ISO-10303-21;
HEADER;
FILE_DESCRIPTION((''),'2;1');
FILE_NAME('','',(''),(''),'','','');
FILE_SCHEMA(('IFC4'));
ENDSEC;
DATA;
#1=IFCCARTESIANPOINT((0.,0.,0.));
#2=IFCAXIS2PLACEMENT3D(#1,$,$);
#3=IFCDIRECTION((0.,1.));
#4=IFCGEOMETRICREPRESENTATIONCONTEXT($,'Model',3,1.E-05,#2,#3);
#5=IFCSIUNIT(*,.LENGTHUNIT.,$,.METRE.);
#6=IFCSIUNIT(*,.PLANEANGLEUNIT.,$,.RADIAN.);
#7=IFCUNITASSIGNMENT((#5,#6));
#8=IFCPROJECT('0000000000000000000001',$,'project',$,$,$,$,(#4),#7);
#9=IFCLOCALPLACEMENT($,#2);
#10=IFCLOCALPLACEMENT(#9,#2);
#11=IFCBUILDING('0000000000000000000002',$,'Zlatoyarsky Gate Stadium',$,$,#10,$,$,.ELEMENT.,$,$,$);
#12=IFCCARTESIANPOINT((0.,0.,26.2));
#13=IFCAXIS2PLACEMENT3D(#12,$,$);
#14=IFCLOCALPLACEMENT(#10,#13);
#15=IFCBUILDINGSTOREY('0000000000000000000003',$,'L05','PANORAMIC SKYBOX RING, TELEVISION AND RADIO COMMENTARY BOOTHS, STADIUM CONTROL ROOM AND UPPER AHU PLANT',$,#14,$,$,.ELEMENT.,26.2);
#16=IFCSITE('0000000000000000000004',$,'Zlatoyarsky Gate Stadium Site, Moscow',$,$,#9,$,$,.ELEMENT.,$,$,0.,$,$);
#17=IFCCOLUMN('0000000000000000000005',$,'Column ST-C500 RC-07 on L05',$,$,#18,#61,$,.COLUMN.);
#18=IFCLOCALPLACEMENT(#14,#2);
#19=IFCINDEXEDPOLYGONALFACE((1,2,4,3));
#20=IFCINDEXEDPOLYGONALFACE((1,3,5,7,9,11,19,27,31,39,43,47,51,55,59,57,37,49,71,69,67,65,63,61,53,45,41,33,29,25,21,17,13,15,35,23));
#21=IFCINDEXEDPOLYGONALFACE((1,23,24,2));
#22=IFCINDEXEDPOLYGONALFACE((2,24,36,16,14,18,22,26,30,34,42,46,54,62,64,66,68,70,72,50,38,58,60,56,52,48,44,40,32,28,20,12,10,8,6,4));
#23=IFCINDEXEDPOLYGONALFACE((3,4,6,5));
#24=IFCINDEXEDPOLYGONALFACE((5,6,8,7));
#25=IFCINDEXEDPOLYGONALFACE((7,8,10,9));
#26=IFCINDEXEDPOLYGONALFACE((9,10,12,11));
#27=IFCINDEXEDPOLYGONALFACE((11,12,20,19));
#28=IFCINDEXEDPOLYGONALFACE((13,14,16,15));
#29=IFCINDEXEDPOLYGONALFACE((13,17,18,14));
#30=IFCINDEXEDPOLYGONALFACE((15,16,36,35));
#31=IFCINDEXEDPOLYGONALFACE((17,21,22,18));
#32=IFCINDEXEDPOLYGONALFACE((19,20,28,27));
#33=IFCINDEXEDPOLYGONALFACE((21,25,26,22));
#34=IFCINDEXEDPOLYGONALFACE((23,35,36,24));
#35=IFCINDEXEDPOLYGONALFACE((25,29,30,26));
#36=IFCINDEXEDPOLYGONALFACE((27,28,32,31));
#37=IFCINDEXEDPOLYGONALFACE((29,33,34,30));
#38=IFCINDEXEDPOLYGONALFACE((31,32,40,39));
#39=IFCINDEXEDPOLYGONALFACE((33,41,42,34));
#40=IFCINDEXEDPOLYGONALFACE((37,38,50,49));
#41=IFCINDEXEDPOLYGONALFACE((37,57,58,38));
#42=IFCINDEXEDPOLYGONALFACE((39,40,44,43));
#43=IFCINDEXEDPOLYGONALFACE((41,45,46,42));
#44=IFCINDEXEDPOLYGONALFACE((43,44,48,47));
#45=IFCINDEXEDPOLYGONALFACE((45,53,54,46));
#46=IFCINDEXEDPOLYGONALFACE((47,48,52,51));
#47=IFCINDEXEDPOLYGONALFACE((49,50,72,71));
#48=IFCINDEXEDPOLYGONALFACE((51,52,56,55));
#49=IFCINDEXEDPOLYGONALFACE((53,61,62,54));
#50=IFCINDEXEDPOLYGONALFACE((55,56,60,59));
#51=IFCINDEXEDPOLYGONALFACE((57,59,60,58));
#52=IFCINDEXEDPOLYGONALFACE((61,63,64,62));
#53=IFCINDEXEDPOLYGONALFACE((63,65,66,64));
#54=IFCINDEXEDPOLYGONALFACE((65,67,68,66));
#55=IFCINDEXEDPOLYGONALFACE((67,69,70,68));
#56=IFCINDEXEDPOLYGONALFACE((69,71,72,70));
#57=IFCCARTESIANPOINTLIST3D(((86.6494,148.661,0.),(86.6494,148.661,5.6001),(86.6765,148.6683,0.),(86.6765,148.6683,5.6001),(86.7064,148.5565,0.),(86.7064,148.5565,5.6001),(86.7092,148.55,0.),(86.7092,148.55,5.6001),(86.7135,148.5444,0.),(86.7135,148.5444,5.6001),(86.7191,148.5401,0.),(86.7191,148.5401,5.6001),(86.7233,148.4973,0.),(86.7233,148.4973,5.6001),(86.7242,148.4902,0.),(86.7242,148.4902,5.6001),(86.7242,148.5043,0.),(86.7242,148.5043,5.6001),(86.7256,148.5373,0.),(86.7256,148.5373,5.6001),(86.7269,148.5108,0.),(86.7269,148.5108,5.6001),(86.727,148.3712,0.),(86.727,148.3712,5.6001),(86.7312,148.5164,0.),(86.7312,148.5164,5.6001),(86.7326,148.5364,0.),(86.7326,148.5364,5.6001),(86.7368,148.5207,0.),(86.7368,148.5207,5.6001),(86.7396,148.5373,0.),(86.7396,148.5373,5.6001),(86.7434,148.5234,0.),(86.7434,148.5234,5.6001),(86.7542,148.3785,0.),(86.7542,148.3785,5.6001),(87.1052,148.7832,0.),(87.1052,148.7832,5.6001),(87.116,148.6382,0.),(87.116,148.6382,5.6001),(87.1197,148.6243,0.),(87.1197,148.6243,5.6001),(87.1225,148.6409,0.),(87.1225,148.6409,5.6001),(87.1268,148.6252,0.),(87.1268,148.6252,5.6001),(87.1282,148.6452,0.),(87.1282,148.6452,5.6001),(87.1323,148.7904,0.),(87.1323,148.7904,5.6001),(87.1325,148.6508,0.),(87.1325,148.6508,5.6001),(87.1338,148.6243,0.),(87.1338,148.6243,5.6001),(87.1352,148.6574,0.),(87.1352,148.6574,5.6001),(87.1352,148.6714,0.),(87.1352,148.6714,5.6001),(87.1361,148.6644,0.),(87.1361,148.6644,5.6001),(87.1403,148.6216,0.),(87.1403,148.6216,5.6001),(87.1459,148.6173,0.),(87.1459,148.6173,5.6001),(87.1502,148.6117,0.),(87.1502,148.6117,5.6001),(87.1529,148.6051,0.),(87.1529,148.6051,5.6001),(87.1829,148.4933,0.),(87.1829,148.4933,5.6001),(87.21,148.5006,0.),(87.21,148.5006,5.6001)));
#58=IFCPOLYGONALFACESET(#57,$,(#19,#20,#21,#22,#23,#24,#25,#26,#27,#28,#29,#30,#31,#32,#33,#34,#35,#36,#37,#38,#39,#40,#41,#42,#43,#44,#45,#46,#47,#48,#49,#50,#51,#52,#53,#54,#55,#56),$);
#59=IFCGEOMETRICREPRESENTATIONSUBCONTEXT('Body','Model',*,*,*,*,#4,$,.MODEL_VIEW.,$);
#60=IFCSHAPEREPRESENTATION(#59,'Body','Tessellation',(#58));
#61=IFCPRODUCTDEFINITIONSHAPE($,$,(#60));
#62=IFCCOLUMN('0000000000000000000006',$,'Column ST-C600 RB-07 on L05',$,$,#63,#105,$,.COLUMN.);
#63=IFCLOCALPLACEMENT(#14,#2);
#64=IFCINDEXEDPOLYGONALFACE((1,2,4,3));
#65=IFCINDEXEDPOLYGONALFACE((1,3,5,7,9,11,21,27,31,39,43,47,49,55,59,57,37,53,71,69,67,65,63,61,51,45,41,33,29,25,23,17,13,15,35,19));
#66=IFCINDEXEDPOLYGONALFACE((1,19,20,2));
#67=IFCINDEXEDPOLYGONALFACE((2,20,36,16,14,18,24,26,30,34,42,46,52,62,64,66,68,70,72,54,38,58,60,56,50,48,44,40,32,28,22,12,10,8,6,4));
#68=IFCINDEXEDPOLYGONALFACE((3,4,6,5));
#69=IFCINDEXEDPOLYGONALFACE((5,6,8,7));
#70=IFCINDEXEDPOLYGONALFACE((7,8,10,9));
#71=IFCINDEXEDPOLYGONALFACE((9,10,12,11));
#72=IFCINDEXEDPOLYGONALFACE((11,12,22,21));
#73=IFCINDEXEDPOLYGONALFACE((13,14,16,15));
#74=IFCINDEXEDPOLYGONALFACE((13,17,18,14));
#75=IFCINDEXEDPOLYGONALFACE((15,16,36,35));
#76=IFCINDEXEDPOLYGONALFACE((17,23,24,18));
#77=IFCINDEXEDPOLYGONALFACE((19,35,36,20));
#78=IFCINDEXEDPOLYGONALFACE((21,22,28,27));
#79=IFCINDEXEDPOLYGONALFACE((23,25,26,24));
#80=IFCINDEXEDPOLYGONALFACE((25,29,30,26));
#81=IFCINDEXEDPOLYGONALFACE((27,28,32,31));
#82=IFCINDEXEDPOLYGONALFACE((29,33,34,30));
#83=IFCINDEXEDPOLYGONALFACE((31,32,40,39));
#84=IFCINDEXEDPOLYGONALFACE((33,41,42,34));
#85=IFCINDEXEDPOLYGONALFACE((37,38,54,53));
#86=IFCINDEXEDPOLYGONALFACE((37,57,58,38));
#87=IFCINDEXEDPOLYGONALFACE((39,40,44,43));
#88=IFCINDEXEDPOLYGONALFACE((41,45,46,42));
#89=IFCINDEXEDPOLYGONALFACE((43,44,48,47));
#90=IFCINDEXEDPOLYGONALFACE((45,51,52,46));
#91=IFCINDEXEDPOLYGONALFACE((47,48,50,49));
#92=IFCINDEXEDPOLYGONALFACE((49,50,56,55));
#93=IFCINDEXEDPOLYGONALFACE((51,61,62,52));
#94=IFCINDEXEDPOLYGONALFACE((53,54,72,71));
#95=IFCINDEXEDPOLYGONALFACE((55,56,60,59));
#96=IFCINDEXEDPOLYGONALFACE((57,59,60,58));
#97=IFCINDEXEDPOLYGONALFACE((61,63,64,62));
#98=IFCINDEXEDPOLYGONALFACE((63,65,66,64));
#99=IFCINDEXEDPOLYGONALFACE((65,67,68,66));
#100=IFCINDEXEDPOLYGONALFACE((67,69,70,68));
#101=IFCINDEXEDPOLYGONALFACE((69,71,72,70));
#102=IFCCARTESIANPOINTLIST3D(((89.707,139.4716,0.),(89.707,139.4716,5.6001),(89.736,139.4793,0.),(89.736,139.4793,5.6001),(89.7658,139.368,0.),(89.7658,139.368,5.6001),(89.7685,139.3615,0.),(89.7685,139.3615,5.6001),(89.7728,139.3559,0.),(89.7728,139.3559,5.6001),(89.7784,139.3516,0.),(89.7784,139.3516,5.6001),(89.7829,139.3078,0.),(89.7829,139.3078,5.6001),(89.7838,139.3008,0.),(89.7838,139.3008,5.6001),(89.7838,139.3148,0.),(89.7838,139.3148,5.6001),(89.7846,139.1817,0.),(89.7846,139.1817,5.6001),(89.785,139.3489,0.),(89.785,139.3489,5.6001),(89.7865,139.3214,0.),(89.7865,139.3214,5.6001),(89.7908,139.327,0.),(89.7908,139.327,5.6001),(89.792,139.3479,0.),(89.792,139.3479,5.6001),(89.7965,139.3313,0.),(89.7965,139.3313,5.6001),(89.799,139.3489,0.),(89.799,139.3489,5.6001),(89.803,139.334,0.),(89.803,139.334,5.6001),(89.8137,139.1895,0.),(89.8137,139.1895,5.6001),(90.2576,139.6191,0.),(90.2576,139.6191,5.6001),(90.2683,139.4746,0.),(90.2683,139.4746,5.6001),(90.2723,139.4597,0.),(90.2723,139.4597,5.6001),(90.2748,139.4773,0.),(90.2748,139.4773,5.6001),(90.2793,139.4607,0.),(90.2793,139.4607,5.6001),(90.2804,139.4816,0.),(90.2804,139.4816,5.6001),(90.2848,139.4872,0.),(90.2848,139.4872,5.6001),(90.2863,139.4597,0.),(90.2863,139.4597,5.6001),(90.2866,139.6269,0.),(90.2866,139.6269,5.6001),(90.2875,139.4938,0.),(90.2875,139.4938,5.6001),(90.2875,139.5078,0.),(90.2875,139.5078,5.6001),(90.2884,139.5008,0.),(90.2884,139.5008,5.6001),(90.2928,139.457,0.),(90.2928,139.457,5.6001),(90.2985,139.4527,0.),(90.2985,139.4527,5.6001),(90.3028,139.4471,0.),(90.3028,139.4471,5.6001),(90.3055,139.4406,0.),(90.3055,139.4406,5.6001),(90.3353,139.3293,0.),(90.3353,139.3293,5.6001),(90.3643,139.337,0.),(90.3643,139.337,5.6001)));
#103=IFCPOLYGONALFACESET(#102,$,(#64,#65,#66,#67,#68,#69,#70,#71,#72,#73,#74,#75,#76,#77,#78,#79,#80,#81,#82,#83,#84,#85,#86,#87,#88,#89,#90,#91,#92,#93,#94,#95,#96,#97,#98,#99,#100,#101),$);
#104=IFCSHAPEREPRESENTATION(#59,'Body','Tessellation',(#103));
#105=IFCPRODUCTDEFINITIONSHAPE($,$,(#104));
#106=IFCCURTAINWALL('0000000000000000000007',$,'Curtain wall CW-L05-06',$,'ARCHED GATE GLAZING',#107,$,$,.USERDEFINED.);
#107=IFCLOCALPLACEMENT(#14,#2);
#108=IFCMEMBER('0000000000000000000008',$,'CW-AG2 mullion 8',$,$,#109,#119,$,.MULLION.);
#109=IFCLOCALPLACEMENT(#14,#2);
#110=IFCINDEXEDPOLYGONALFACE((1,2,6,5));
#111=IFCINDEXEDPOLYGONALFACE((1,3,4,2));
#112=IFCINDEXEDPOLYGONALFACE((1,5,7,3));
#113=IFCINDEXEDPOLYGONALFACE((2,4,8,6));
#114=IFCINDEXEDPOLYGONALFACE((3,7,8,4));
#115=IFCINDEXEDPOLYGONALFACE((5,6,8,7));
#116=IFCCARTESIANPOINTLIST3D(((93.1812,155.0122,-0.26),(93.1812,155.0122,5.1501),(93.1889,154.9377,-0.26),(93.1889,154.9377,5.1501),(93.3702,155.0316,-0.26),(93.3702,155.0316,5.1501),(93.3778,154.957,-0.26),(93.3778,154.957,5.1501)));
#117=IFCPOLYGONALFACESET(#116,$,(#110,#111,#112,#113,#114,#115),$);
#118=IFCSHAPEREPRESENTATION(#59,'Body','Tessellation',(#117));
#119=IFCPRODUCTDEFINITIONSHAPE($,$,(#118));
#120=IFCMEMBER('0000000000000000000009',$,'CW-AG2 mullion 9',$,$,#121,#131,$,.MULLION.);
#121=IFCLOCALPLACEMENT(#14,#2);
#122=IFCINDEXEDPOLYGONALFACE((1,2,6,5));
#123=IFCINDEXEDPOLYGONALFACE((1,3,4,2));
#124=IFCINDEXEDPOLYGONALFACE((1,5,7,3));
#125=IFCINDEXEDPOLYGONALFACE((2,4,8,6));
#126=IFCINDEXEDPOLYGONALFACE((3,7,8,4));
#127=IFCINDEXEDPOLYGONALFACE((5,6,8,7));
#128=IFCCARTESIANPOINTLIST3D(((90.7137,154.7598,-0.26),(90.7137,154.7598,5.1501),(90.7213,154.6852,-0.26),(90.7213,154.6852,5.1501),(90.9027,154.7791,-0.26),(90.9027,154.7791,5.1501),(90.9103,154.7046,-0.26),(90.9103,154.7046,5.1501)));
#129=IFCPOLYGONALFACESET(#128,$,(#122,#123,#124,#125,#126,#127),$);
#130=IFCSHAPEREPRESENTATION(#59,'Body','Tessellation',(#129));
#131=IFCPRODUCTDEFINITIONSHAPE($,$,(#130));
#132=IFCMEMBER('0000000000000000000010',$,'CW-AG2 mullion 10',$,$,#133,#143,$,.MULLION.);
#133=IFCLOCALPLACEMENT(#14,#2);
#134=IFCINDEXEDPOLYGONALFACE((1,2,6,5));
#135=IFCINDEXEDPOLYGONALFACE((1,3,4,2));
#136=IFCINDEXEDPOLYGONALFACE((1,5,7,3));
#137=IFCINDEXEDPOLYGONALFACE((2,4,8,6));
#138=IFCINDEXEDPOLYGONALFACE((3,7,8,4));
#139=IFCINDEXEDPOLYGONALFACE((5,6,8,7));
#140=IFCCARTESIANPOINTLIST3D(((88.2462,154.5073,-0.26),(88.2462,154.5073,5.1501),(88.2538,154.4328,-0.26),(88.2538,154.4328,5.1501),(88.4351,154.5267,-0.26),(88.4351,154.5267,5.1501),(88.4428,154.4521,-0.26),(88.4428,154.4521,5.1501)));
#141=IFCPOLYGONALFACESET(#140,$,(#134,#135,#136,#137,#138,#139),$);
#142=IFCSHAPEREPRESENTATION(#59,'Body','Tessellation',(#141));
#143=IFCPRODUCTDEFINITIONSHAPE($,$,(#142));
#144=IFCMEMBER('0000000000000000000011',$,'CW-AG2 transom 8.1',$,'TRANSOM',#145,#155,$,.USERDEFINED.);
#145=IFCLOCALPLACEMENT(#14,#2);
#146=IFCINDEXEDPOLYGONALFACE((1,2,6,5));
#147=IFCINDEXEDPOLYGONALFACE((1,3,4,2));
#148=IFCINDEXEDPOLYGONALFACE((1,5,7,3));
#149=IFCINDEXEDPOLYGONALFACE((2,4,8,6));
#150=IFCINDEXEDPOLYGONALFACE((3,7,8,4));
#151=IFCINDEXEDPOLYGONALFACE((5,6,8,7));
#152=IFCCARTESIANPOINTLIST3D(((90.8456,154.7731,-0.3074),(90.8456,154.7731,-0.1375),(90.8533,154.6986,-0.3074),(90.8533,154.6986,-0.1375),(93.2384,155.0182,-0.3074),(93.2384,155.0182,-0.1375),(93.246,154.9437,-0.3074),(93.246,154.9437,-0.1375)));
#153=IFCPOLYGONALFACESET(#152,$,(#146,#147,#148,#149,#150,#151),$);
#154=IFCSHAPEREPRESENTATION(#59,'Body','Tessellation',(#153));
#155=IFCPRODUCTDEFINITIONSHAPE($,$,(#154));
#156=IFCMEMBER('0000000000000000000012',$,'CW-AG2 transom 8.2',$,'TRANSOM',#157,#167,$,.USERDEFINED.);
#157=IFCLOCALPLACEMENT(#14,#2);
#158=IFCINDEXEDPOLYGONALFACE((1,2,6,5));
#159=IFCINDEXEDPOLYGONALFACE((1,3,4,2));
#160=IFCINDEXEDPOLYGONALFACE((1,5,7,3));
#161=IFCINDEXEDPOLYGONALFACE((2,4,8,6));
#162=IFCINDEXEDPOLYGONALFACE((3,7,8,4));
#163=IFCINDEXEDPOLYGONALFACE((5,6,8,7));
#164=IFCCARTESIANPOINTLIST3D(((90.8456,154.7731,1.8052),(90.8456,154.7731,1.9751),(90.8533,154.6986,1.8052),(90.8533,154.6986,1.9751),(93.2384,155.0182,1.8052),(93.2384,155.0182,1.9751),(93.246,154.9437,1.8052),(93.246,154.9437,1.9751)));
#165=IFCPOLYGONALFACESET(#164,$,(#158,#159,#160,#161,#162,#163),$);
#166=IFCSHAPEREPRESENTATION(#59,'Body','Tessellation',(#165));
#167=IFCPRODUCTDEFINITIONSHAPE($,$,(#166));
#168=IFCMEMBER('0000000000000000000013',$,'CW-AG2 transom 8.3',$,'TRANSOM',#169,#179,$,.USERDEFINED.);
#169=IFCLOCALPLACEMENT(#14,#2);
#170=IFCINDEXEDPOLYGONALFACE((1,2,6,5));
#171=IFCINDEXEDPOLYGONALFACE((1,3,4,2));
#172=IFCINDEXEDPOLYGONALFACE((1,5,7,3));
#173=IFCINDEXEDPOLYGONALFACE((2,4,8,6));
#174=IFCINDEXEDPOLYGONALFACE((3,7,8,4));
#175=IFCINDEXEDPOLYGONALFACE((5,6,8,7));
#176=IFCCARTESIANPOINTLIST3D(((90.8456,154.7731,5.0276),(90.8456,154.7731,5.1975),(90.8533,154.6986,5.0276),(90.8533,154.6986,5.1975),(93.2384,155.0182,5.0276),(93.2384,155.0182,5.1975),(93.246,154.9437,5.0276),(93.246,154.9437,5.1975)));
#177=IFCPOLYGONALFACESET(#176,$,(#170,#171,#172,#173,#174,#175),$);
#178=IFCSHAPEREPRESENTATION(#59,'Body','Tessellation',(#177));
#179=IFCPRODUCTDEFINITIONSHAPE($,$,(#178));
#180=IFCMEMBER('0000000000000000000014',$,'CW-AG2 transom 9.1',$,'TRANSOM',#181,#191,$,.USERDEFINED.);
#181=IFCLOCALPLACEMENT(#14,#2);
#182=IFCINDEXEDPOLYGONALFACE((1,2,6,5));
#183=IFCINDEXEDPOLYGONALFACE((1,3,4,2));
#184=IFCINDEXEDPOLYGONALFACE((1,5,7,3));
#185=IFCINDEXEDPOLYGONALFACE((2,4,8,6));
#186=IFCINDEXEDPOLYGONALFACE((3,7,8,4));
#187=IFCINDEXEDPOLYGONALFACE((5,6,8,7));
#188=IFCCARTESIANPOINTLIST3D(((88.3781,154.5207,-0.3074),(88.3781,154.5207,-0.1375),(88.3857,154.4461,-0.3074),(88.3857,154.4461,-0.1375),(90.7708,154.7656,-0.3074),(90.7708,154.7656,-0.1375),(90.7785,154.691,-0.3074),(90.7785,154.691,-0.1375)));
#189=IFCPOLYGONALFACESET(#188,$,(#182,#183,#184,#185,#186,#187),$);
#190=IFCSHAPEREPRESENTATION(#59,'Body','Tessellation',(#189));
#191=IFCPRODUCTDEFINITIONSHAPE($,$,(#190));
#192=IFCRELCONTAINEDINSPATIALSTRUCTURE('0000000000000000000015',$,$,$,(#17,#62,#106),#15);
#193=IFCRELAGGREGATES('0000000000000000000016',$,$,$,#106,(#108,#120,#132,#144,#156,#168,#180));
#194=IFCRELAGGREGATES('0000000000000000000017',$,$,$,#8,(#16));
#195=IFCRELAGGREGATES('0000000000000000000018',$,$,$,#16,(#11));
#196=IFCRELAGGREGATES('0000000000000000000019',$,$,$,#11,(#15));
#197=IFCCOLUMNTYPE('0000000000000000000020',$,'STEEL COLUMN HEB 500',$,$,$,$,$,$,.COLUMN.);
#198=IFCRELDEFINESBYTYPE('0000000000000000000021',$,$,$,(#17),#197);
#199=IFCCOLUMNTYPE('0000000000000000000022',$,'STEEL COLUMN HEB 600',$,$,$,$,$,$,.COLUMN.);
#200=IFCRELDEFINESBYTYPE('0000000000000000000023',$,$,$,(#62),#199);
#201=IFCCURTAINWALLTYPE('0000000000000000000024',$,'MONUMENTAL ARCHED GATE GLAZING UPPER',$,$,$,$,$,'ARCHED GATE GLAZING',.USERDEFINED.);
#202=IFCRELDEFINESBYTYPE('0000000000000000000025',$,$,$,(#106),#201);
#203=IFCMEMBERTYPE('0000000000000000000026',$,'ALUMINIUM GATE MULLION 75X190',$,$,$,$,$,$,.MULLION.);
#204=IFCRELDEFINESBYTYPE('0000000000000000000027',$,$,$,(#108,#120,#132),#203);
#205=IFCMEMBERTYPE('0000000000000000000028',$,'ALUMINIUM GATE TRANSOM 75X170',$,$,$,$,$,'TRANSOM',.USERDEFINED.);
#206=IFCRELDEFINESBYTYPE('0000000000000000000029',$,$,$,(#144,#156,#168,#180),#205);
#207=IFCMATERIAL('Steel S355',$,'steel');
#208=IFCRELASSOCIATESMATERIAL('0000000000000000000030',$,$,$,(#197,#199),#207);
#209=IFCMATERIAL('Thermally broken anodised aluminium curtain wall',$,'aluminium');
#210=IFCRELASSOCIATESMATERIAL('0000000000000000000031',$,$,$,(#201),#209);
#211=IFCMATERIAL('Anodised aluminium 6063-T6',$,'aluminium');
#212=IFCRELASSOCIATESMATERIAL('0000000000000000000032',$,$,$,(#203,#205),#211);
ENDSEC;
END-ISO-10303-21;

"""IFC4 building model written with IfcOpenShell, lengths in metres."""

from ifc_helpers import new_model, si_unit, direction, frame, origin, origin_2d, place, context, subcontext, project, spatial, rectangle, i_section, extrude, material, material_profile, profile_set, type_object, element, aggregate, save


model = new_model("IFC4")

# Units and contexts
model_context = context("Model", 3, precision=1e-05, world=origin(), true_north=direction((0.0, 1.0)))
body_context = subcontext(model_context, "Body", "Model", "MODEL_VIEW")
ifc_project = project(units=[si_unit("LENGTHUNIT", "METRE"), si_unit("PLANEANGLEUNIT", "RADIAN")], contexts=[model_context])

# Site, building, storey
site_placement = place(None, origin())
site = spatial("IfcSite", under=ifc_project, at=site_placement, Name="Zlatoyarsky Gate Stadium Site, Moscow", CompositionType="ELEMENT", RefElevation=0.0)
building_placement = place(site_placement, origin())
building = spatial("IfcBuilding", under=site, at=building_placement, Name="Zlatoyarsky Gate Stadium", CompositionType="ELEMENT")
storey_placement = place(building_placement, frame((0.0, 0.0, 26.2)))
storey = spatial("IfcBuildingStorey", under=building, at=storey_placement, Name="L05", Description="PANORAMIC SKYBOX RING, TELEVISION AND RADIO COMMENTARY BOOTHS, STADIUM CONTROL ROOM AND UPPER AHU PLANT", CompositionType="ELEMENT", Elevation=26.2)

# Columns
ifc_material_1 = material(Name="Steel S355", Category="steel")
ifc_material_profile_1 = material_profile(ifc_material_1, i_section(OverallWidth=0.3, OverallDepth=0.5, WebThickness=0.0144, FlangeThickness=0.0281, FilletRadius=0.0271, at=origin_2d()), Name="HEB 500")
ifc_profile_set_1 = profile_set([ifc_material_profile_1], Name="Steel S355")
column_type_1 = type_object("IfcColumnType", Name="STEEL COLUMN HEB 500", PredefinedType="COLUMN", material=ifc_profile_set_1)
column_1_placement = place(storey_placement, frame((86.9297, 148.5808, 0.0), z_axis=(0.0, 0.0, 1.0), x_axis=(-0.258819, 0.965926, 0.0)))
element("IfcColumn", 1, at=column_1_placement, inside=storey, type_object=column_type_1, Name="Column ST-C500 RC-07 on L05", PredefinedType="COLUMN", context=body_context, shape_type="SweptSolid", body=[
    extrude(i_section(OverallWidth=0.3, OverallDepth=0.5, WebThickness=0.0144, FlangeThickness=0.0281, FilletRadius=0.0271, at=origin_2d()), origin(), (0.0, 0.0, 1.0), 5.6001),
])
ifc_material_profile_2 = material_profile(ifc_material_1, i_section(OverallWidth=0.3, OverallDepth=0.6001, WebThickness=0.0154, FlangeThickness=0.03, FilletRadius=0.0271, at=origin_2d()), Name="HEB 600")
ifc_profile_set_2 = profile_set([ifc_material_profile_2], Name="Steel S355")
column_type_2 = type_object("IfcColumnType", Name="STEEL COLUMN HEB 600", PredefinedType="COLUMN", material=ifc_profile_set_2)
column_2_placement = place(storey_placement, frame((90.0356, 139.4043, 0.0), z_axis=(0.0, 0.0, 1.0), x_axis=(-0.258819, 0.965926, 0.0)))
element("IfcColumn", 2, at=column_2_placement, inside=storey, type_object=column_type_2, Name="Column ST-C600 RB-07 on L05", PredefinedType="COLUMN", context=body_context, shape_type="SweptSolid", body=[
    extrude(i_section(OverallWidth=0.3, OverallDepth=0.6001, WebThickness=0.0154, FlangeThickness=0.03, FilletRadius=0.0271, at=origin_2d()), origin(), (0.0, 0.0, 1.0), 5.6001),
])

# Curtain wall, members
ifc_material_2 = material(Name="Thermally broken anodised aluminium curtain wall", Category="aluminium")
curtain_wall_type = type_object("IfcCurtainWallType", Name="MONUMENTAL ARCHED GATE GLAZING UPPER", ElementType="ARCHED GATE GLAZING", PredefinedType="USERDEFINED", material=ifc_material_2)
curtain_wall_placement = place(storey_placement, origin())
curtain_wall = element("IfcCurtainWall", 3, at=curtain_wall_placement, inside=storey, type_object=curtain_wall_type, Name="Curtain wall CW-L05-06", ObjectType="ARCHED GATE GLAZING", PredefinedType="USERDEFINED")
ifc_material_3 = material(Name="Anodised aluminium 6063-T6", Category="aluminium")
ifc_material_profile_3 = material_profile(ifc_material_3, rectangle(XDim=0.075, YDim=0.1899, at=origin_2d()), Name="ALU 75X190")
ifc_profile_set_3 = profile_set([ifc_material_profile_3], Name="Anodised aluminium 6063-T6")
member_type_1 = type_object("IfcMemberType", Name="ALUMINIUM GATE MULLION 75X190", PredefinedType="MULLION", material=ifc_profile_set_3)
member_1_placement = place(storey_placement, frame((93.2795, 154.9846, -0.26), z_axis=(0.0, 0.0, 1.0), x_axis=(0.101805, -0.994804, 0.0)))
member_1 = element("IfcMember", 4, at=member_1_placement, type_object=member_type_1, Name="CW-AG2 mullion 8", PredefinedType="MULLION", context=body_context, shape_type="SweptSolid", body=[
    extrude(rectangle(XDim=0.075, YDim=0.1899, at=origin_2d()), origin(), (0.0, 0.0, 1.0), 5.4102),
])
member_2_placement = place(storey_placement, frame((90.812, 154.7322, -0.26), z_axis=(0.0, 0.0, 1.0), x_axis=(0.101805, -0.994804, 0.0)))
member_2 = element("IfcMember", 5, at=member_2_placement, type_object=member_type_1, Name="CW-AG2 mullion 9", PredefinedType="MULLION", context=body_context, shape_type="SweptSolid", body=[
    extrude(rectangle(XDim=0.075, YDim=0.1899, at=origin_2d()), origin(), (0.0, 0.0, 1.0), 5.4102),
])
member_3_placement = place(storey_placement, frame((88.3445, 154.4797, -0.26), z_axis=(0.0, 0.0, 1.0), x_axis=(0.101805, -0.994804, 0.0)))
member_3 = element("IfcMember", 6, at=member_3_placement, type_object=member_type_1, Name="CW-AG2 mullion 10", PredefinedType="MULLION", context=body_context, shape_type="SweptSolid", body=[
    extrude(rectangle(XDim=0.075, YDim=0.1899, at=origin_2d()), origin(), (0.0, 0.0, 1.0), 5.4102),
])
ifc_material_profile_4 = material_profile(ifc_material_3, rectangle(XDim=0.075, YDim=0.1699, at=origin_2d()), Name="ALU 75X170")
ifc_profile_set_4 = profile_set([ifc_material_profile_4], Name="Anodised aluminium 6063-T6")
member_type_2 = type_object("IfcMemberType", Name="ALUMINIUM GATE TRANSOM 75X170", ElementType="TRANSOM", PredefinedType="USERDEFINED", material=ifc_profile_set_4)
member_4_placement = place(storey_placement, frame((93.2422, 154.981, -0.2224), z_axis=(-0.994794, -0.101905, 0.0), x_axis=(0.101905, -0.994794, 0.0)))
member_4 = element("IfcMember", 7, at=member_4_placement, type_object=member_type_2, Name="CW-AG2 transom 8.1", ObjectType="TRANSOM", PredefinedType="USERDEFINED", context=body_context, shape_type="SweptSolid", body=[
    extrude(rectangle(XDim=0.075, YDim=0.1699, at=origin_2d()), origin(), (0.0, 0.0, 1.0), 2.4053),
])
member_5_placement = place(storey_placement, frame((93.2422, 154.981, 1.8901), z_axis=(-0.994794, -0.101905, 0.0), x_axis=(0.101905, -0.994794, 0.0)))
member_5 = element("IfcMember", 8, at=member_5_placement, type_object=member_type_2, Name="CW-AG2 transom 8.2", ObjectType="TRANSOM", PredefinedType="USERDEFINED", context=body_context, shape_type="SweptSolid", body=[
    extrude(rectangle(XDim=0.075, YDim=0.1699, at=origin_2d()), origin(), (0.0, 0.0, 1.0), 2.4053),
])
member_6_placement = place(storey_placement, frame((93.2422, 154.981, 5.1125), z_axis=(-0.994794, -0.101905, 0.0), x_axis=(0.101905, -0.994794, 0.0)))
member_6 = element("IfcMember", 9, at=member_6_placement, type_object=member_type_2, Name="CW-AG2 transom 8.3", ObjectType="TRANSOM", PredefinedType="USERDEFINED", context=body_context, shape_type="SweptSolid", body=[
    extrude(rectangle(XDim=0.075, YDim=0.1699, at=origin_2d()), origin(), (0.0, 0.0, 1.0), 2.4053),
])
member_7_placement = place(storey_placement, frame((90.7747, 154.7283, -0.2224), z_axis=(-0.994804, -0.101805, 0.0), x_axis=(0.101805, -0.994804, 0.0)))
member_7 = element("IfcMember", 10, at=member_7_placement, type_object=member_type_2, Name="CW-AG2 transom 9.1", ObjectType="TRANSOM", PredefinedType="USERDEFINED", context=body_context, shape_type="SweptSolid", body=[
    extrude(rectangle(XDim=0.075, YDim=0.1699, at=origin_2d()), origin(), (0.0, 0.0, 1.0), 2.4053),
])

aggregate(curtain_wall, [member_1, member_2, member_3, member_4, member_5, member_6, member_7])

save(model, "model.ifc")
